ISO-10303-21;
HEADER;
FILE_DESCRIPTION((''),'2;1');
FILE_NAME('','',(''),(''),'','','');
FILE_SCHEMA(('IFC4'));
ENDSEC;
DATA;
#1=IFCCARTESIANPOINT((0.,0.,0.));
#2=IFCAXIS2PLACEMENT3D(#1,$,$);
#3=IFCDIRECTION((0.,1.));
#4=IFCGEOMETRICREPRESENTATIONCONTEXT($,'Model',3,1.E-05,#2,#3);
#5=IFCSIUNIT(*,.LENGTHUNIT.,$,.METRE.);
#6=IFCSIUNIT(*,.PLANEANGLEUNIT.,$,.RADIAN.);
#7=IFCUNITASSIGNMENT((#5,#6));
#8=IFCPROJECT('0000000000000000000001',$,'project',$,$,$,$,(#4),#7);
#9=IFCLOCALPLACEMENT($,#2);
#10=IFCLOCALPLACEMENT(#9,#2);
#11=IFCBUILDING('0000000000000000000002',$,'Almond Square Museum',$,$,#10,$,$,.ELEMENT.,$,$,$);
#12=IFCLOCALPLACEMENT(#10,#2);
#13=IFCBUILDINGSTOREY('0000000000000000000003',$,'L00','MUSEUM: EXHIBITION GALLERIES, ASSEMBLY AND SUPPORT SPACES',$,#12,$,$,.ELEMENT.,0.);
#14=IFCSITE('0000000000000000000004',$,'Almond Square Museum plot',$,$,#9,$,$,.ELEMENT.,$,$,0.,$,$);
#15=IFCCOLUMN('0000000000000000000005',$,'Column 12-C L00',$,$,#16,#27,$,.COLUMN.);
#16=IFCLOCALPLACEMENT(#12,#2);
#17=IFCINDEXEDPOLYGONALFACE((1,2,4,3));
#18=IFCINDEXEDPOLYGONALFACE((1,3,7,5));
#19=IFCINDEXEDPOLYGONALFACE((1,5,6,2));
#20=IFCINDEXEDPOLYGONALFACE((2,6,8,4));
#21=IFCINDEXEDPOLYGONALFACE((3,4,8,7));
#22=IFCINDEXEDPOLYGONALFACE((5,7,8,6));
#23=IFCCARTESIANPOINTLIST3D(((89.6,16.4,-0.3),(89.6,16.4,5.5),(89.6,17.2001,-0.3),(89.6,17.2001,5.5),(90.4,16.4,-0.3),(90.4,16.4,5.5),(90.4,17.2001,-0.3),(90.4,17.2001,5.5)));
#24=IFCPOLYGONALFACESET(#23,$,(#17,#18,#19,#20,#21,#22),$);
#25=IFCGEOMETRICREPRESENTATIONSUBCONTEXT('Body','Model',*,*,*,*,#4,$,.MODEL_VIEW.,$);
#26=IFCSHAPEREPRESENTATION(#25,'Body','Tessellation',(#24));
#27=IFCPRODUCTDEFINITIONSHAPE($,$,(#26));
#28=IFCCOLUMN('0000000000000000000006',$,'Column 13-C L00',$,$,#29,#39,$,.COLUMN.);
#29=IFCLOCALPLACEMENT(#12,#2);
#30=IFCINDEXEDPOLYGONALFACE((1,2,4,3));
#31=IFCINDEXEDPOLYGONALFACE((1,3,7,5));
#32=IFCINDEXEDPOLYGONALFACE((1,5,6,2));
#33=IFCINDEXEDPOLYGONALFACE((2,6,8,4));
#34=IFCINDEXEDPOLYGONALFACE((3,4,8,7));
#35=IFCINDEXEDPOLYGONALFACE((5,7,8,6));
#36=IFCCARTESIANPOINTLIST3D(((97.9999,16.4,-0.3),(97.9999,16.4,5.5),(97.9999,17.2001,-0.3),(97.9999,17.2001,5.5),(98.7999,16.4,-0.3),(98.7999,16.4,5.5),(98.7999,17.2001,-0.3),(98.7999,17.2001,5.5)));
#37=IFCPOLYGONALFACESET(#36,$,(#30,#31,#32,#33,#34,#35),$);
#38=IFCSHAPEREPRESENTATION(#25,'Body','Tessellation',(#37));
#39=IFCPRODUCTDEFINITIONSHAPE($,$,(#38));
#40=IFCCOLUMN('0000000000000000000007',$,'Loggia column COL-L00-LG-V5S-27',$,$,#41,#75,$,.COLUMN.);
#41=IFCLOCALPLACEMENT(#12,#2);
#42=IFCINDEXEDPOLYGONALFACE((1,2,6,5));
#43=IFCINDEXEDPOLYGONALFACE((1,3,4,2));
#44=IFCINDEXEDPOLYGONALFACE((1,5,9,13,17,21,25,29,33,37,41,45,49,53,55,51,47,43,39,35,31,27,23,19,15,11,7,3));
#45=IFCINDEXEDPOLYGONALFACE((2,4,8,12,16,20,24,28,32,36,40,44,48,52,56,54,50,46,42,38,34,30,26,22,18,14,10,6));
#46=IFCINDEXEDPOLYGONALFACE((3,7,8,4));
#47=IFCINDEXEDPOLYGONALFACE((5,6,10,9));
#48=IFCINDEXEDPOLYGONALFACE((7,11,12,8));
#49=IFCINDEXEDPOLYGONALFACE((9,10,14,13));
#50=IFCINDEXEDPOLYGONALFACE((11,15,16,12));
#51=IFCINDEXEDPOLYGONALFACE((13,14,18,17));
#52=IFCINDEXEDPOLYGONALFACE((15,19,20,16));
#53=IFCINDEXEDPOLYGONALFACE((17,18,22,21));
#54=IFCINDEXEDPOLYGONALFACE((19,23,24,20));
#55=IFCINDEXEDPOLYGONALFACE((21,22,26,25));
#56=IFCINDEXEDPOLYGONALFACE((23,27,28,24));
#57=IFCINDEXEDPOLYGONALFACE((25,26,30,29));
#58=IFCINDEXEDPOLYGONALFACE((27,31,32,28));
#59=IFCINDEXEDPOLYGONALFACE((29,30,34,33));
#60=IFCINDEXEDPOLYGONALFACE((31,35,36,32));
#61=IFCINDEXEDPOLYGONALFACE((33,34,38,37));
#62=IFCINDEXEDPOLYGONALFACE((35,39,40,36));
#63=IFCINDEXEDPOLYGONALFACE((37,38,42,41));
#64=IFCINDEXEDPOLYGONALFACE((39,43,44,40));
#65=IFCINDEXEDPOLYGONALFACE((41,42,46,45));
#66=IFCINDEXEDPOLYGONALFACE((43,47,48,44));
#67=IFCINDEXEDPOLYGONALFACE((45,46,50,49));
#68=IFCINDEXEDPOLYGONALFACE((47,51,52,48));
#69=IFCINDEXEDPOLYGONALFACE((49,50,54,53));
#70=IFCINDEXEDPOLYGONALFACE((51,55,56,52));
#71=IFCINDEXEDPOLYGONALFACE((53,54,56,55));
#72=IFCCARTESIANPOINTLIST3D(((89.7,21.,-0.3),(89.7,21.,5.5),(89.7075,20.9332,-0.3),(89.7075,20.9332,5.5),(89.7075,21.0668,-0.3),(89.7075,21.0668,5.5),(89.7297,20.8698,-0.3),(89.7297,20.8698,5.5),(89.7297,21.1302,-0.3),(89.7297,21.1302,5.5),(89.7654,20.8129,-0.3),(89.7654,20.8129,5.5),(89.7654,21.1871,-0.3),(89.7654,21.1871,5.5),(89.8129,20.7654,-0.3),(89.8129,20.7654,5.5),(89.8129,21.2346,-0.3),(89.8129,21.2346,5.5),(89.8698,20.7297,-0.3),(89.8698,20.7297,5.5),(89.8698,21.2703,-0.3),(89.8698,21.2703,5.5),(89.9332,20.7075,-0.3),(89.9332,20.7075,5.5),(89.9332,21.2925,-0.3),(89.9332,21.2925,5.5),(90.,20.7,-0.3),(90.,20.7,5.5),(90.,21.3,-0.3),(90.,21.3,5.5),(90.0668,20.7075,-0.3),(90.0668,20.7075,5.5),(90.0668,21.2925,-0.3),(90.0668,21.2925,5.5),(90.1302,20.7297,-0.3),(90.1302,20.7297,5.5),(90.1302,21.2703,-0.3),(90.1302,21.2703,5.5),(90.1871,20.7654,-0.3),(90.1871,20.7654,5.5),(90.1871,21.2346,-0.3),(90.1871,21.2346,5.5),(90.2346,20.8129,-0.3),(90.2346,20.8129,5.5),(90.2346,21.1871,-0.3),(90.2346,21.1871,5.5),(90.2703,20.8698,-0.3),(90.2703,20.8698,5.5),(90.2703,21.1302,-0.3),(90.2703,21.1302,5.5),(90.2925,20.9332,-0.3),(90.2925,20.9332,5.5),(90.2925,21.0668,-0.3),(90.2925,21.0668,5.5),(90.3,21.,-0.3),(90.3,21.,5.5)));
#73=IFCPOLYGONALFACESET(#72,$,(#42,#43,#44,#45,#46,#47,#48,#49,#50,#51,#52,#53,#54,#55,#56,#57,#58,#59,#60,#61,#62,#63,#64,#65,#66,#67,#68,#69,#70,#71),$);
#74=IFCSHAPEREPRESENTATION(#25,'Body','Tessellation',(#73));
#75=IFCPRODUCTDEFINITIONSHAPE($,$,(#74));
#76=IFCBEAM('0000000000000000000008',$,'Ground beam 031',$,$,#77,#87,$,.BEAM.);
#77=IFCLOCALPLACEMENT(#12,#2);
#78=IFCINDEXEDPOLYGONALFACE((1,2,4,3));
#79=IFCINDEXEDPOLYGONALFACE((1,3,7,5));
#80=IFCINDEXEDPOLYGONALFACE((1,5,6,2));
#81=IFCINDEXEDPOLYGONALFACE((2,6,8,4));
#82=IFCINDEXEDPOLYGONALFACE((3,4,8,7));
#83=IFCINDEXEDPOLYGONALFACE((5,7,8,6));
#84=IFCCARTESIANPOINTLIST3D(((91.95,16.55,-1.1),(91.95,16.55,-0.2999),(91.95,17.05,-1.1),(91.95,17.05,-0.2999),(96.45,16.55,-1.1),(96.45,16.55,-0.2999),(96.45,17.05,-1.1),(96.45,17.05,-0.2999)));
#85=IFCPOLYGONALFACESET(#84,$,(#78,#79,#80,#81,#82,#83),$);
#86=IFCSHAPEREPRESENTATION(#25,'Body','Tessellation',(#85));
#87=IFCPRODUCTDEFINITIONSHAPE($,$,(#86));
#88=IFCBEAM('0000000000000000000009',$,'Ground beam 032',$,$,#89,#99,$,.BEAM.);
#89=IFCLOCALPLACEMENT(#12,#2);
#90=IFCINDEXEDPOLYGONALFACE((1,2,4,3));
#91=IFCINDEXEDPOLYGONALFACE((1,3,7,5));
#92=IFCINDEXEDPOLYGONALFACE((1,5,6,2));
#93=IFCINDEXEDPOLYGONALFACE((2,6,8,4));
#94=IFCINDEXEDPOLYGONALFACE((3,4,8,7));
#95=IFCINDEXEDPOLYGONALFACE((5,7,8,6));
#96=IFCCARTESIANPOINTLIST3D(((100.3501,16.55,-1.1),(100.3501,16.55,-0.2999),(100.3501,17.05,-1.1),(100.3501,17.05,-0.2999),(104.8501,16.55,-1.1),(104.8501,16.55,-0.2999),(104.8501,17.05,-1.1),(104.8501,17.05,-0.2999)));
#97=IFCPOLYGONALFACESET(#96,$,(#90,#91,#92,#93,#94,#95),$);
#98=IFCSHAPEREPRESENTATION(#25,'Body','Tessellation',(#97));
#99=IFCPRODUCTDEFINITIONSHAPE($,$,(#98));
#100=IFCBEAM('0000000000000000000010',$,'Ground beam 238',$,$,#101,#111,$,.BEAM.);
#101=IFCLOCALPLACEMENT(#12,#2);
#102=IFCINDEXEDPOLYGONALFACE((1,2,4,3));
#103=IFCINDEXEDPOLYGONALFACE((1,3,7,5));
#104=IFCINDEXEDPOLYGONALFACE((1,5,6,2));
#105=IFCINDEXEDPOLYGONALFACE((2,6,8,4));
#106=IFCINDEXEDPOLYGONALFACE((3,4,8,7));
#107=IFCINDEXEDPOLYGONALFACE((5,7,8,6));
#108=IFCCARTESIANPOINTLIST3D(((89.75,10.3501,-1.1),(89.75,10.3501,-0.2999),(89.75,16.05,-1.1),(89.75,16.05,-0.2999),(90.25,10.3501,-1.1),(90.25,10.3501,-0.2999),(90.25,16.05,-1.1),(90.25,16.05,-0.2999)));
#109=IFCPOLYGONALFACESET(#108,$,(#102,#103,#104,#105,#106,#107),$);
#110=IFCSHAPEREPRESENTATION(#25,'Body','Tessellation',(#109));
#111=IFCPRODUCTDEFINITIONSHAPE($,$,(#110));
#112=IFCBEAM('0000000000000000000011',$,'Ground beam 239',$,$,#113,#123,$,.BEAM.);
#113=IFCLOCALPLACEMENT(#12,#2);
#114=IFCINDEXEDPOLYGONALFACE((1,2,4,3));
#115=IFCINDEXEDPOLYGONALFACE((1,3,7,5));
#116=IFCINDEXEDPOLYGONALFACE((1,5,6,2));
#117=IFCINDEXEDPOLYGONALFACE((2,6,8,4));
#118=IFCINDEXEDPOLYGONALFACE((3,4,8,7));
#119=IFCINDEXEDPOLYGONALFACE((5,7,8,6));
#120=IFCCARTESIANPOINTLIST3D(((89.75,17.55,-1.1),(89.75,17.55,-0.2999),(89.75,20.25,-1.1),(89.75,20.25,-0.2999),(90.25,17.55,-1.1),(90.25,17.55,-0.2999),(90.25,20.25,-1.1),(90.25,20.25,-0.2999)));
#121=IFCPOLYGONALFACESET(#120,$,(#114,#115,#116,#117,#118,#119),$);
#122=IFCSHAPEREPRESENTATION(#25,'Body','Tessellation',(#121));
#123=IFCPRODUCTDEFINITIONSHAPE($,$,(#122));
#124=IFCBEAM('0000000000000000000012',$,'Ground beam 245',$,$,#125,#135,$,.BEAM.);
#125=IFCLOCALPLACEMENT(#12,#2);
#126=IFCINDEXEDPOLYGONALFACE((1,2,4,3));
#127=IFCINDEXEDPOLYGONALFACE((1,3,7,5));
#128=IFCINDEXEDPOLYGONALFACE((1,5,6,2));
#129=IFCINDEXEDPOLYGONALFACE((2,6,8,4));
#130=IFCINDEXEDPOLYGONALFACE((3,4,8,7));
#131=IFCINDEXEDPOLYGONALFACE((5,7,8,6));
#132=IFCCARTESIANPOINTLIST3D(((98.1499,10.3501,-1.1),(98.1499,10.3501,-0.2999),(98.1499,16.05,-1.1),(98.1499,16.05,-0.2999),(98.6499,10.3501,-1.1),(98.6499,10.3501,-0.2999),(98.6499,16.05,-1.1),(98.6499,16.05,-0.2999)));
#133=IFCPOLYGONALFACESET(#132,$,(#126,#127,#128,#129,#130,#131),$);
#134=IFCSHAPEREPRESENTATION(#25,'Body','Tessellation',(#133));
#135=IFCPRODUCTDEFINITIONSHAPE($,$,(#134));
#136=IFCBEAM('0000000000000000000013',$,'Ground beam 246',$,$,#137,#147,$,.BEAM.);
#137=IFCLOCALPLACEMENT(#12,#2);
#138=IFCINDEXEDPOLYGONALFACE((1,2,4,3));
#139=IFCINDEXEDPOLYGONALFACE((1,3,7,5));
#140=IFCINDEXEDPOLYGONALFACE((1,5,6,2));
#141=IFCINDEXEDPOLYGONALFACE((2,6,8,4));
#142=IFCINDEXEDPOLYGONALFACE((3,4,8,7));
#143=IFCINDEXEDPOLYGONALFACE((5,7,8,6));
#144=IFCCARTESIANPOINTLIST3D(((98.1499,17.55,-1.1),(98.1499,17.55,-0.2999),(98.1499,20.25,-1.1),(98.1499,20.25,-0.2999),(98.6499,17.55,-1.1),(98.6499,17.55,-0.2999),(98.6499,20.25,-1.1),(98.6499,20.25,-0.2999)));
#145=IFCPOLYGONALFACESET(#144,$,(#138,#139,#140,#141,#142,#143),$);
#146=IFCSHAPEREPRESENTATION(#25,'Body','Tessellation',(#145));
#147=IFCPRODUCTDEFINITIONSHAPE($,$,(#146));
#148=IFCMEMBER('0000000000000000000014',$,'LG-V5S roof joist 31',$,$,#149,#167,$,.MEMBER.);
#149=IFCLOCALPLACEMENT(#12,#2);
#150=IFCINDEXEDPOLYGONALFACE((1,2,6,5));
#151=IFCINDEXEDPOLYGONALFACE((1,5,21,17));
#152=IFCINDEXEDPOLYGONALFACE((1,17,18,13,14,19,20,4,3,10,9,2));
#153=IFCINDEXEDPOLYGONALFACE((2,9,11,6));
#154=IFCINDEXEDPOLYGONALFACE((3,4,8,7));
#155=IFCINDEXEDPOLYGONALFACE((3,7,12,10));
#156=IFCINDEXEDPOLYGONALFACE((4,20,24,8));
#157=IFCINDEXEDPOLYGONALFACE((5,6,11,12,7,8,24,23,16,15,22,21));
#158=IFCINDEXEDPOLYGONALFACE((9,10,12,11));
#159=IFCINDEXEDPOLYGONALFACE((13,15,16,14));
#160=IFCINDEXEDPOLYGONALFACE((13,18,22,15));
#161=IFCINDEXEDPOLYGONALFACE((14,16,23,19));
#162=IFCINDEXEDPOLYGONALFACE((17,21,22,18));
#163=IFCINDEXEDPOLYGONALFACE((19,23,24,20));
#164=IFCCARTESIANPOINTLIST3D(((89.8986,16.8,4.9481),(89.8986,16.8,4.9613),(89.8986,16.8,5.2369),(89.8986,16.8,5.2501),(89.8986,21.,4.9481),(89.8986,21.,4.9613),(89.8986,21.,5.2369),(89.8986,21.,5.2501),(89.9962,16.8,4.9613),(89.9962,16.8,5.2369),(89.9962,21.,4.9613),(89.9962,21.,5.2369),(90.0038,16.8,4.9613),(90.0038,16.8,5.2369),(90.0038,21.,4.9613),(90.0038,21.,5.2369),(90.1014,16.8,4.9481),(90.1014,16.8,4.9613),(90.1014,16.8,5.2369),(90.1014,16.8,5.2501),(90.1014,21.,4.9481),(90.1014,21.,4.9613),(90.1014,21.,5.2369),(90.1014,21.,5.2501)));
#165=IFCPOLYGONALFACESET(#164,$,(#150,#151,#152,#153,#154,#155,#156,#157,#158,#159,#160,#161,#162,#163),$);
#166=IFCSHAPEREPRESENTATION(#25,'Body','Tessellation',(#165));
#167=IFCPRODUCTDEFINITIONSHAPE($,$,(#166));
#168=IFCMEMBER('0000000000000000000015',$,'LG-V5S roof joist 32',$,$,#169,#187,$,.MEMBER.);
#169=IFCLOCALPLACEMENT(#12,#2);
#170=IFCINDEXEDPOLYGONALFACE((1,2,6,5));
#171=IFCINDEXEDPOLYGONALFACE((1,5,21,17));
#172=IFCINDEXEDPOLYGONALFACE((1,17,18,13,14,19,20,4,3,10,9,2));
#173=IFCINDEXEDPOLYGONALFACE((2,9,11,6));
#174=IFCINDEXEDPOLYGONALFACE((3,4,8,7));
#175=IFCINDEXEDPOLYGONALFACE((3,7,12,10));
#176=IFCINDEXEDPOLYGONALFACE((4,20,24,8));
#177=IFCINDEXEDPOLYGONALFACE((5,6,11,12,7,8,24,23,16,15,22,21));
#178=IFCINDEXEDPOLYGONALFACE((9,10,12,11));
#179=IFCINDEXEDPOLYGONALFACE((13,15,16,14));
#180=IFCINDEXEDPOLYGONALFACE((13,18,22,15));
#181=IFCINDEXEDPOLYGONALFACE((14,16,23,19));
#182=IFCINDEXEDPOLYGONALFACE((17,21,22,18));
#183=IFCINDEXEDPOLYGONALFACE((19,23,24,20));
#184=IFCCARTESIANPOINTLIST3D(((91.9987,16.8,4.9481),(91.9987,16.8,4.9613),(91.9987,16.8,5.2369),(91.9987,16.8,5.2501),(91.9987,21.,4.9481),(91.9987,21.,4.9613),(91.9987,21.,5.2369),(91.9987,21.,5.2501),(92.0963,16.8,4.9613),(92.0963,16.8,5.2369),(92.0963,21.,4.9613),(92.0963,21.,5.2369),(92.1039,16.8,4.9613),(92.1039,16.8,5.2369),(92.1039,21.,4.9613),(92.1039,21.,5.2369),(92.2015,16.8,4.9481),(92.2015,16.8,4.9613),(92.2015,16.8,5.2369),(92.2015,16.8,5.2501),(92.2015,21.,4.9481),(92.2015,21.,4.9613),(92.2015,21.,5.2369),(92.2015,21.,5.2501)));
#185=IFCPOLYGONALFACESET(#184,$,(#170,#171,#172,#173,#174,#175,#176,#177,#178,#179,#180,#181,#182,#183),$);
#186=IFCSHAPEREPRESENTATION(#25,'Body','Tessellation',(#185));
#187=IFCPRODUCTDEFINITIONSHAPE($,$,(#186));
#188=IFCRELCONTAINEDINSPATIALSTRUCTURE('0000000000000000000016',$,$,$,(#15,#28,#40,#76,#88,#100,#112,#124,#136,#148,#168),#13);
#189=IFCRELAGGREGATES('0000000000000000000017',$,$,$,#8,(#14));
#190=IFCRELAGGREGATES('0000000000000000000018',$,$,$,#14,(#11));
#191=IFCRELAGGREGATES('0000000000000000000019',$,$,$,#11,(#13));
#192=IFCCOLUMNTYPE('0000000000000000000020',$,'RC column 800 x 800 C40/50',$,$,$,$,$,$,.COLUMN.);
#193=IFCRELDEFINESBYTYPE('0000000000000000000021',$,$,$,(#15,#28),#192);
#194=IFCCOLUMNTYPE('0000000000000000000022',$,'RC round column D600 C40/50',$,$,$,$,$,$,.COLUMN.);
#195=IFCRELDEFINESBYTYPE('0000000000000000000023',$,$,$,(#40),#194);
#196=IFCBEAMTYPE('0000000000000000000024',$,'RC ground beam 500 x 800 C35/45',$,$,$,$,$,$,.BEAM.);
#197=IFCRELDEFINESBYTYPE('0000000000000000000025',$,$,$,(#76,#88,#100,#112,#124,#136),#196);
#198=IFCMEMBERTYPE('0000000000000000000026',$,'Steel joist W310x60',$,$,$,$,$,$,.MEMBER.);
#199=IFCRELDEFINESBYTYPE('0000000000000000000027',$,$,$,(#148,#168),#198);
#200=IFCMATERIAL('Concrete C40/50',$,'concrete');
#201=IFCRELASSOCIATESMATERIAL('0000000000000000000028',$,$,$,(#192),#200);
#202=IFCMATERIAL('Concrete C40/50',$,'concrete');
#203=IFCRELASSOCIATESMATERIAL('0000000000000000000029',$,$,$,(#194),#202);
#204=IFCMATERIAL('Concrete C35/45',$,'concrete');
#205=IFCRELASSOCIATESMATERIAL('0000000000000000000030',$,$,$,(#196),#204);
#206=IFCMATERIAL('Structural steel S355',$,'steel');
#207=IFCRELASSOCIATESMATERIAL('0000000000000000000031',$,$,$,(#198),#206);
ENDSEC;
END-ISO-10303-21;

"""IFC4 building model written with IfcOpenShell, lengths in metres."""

from ifc_helpers import new_model, si_unit, direction, frame, origin, origin_2d, place, context, subcontext, project, spatial, rectangle, circle, i_section, extrude, material, material_profile, profile_set, type_object, element, save


model = new_model("IFC4")

# Units and contexts
model_context = context("Model", 3, precision=1e-05, world=origin(), true_north=direction((0.0, 1.0)))
body_context = subcontext(model_context, "Body", "Model", "MODEL_VIEW")
ifc_project = project(units=[si_unit("LENGTHUNIT", "METRE"), si_unit("PLANEANGLEUNIT", "RADIAN")], contexts=[model_context])

# Site, building, storey
site_placement = place(None, origin())
site = spatial("IfcSite", under=ifc_project, at=site_placement, Name="Almond Square Museum plot", CompositionType="ELEMENT", RefElevation=0.0)
building_placement = place(site_placement, origin())
building = spatial("IfcBuilding", under=site, at=building_placement, Name="Almond Square Museum", CompositionType="ELEMENT")
storey_placement = place(building_placement, origin())
storey = spatial("IfcBuildingStorey", under=building, at=storey_placement, Name="L00", Description="MUSEUM: EXHIBITION GALLERIES, ASSEMBLY AND SUPPORT SPACES", CompositionType="ELEMENT", Elevation=0.0)

# Columns
ifc_material_1 = material(Name="Concrete C40/50", Category="concrete")
ifc_material_profile_1 = material_profile(ifc_material_1, rectangle(XDim=0.8, YDim=0.8, at=origin_2d()))
ifc_profile_set_1 = profile_set([ifc_material_profile_1], Name="Concrete C40/50")
column_type_1 = type_object("IfcColumnType", Name="RC column 800 x 800 C40/50", PredefinedType="COLUMN", material=ifc_profile_set_1)
for number, where, z_axis, x_axis, name in (
    (1, (90.0, 16.8, -0.3), (0.0, 0.0, 1.0), (1.0, 0.0, 0.0), "Column 12-C L00"),
    (2, (98.3999, 16.8, -0.3), (0.0, 0.0, 1.0), (1.0, 0.0, 0.0), "Column 13-C L00"),
):
    element("IfcColumn", number, at=place(storey_placement, frame(where, z_axis=z_axis, x_axis=x_axis)), inside=storey, type_object=column_type_1, Name=name, PredefinedType="COLUMN", context=body_context, shape_type="SweptSolid", body=[
        extrude(rectangle(XDim=0.8, YDim=0.8, at=origin_2d()), origin(), (0.0, 0.0, 1.0), 5.8),
    ])
ifc_material_2 = material(Name="Concrete C40/50", Category="concrete")
ifc_material_profile_2 = material_profile(ifc_material_2, circle(Radius=0.3, at=origin_2d()))
ifc_profile_set_2 = profile_set([ifc_material_profile_2], Name="Concrete C40/50")
column_type_2 = type_object("IfcColumnType", Name="RC round column D600 C40/50", PredefinedType="COLUMN", material=ifc_profile_set_2)
column_placement = place(storey_placement, frame((90.0, 21.0, -0.3), z_axis=(0.0, 0.0, 1.0), x_axis=(1.0, 0.0, 0.0)))
element("IfcColumn", 3, at=column_placement, inside=storey, type_object=column_type_2, Name="Loggia column COL-L00-LG-V5S-27", PredefinedType="COLUMN", context=body_context, shape_type="SweptSolid", body=[
    extrude(circle(Radius=0.3, at=origin_2d()), origin(), (0.0, 0.0, 1.0), 5.8),
])

# Beams
ifc_material_3 = material(Name="Concrete C35/45", Category="concrete")
ifc_material_profile_3 = material_profile(ifc_material_3, rectangle(XDim=0.5, YDim=0.8, at=origin_2d()))
ifc_profile_set_3 = profile_set([ifc_material_profile_3], Name="Concrete C35/45")
beam_type = type_object("IfcBeamType", Name="RC ground beam 500 x 800 C35/45", PredefinedType="BEAM", material=ifc_profile_set_3)
for number, where, z_axis, x_axis, name in (
    (4, (91.95, 16.8, -0.7), (1.0, 0.0, 0.0), (0.0, 1.0, 0.0), "Ground beam 031"),
    (5, (100.3501, 16.8, -0.7), (1.0, 0.0, 0.0), (0.0, 1.0, 0.0), "Ground beam 032"),
):
    element("IfcBeam", number, at=place(storey_placement, frame(where, z_axis=z_axis, x_axis=x_axis)), inside=storey, type_object=beam_type, Name=name, PredefinedType="BEAM", context=body_context, shape_type="SweptSolid", body=[
        extrude(rectangle(XDim=0.5, YDim=0.8, at=origin_2d()), origin(), (0.0, 0.0, 1.0), 4.5),
    ])
beam_1_placement = place(storey_placement, frame((90.0, 10.3501, -0.7), z_axis=(0.0, 1.0, 0.0), x_axis=(-1.0, 0.0, 0.0)))
element("IfcBeam", 6, at=beam_1_placement, inside=storey, type_object=beam_type, Name="Ground beam 238", PredefinedType="BEAM", context=body_context, shape_type="SweptSolid", body=[
    extrude(rectangle(XDim=0.5, YDim=0.8, at=origin_2d()), origin(), (0.0, 0.0, 1.0), 5.7),
])
beam_2_placement = place(storey_placement, frame((90.0, 17.55, -0.7), z_axis=(0.0, 1.0, 0.0), x_axis=(-1.0, 0.0, 0.0)))
element("IfcBeam", 7, at=beam_2_placement, inside=storey, type_object=beam_type, Name="Ground beam 239", PredefinedType="BEAM", context=body_context, shape_type="SweptSolid", body=[
    extrude(rectangle(XDim=0.5, YDim=0.8, at=origin_2d()), origin(), (0.0, 0.0, 1.0), 2.7),
])
beam_3_placement = place(storey_placement, frame((98.3999, 10.3501, -0.7), z_axis=(0.0, 1.0, 0.0), x_axis=(-1.0, 0.0, 0.0)))
element("IfcBeam", 8, at=beam_3_placement, inside=storey, type_object=beam_type, Name="Ground beam 245", PredefinedType="BEAM", context=body_context, shape_type="SweptSolid", body=[
    extrude(rectangle(XDim=0.5, YDim=0.8, at=origin_2d()), origin(), (0.0, 0.0, 1.0), 5.7),
])
beam_4_placement = place(storey_placement, frame((98.3999, 17.55, -0.7), z_axis=(0.0, 1.0, 0.0), x_axis=(-1.0, 0.0, 0.0)))
element("IfcBeam", 9, at=beam_4_placement, inside=storey, type_object=beam_type, Name="Ground beam 246", PredefinedType="BEAM", context=body_context, shape_type="SweptSolid", body=[
    extrude(rectangle(XDim=0.5, YDim=0.8, at=origin_2d()), origin(), (0.0, 0.0, 1.0), 2.7),
])

# Members
ifc_material_4 = material(Name="Structural steel S355", Category="steel")
ifc_material_profile_4 = material_profile(ifc_material_4, i_section(OverallWidth=0.2029, OverallDepth=0.302, WebThickness=0.0076, FlangeThickness=0.0132, at=origin_2d()))
ifc_profile_set_4 = profile_set([ifc_material_profile_4], Name="Structural steel S355")
member_type = type_object("IfcMemberType", Name="Steel joist W310x60", PredefinedType="MEMBER", material=ifc_profile_set_4)
for number, where, z_axis, x_axis, name in (
    (10, (90.0, 16.8, 5.0991), (0.0, 1.0, 0.0), (-1.0, 0.0, 0.0), "LG-V5S roof joist 31"),
    (11, (92.1001, 16.8, 5.0991), (0.0, 1.0, 0.0), (-1.0, 0.0, 0.0), "LG-V5S roof joist 32"),
):
    element("IfcMember", number, at=place(storey_placement, frame(where, z_axis=z_axis, x_axis=x_axis)), inside=storey, type_object=member_type, Name=name, PredefinedType="MEMBER", context=body_context, shape_type="SweptSolid", body=[
        extrude(i_section(OverallWidth=0.2029, OverallDepth=0.302, WebThickness=0.0076, FlangeThickness=0.0132, at=origin_2d()), origin(), (0.0, 0.0, 1.0), 4.2),
    ])

save(model, "model.ifc")
